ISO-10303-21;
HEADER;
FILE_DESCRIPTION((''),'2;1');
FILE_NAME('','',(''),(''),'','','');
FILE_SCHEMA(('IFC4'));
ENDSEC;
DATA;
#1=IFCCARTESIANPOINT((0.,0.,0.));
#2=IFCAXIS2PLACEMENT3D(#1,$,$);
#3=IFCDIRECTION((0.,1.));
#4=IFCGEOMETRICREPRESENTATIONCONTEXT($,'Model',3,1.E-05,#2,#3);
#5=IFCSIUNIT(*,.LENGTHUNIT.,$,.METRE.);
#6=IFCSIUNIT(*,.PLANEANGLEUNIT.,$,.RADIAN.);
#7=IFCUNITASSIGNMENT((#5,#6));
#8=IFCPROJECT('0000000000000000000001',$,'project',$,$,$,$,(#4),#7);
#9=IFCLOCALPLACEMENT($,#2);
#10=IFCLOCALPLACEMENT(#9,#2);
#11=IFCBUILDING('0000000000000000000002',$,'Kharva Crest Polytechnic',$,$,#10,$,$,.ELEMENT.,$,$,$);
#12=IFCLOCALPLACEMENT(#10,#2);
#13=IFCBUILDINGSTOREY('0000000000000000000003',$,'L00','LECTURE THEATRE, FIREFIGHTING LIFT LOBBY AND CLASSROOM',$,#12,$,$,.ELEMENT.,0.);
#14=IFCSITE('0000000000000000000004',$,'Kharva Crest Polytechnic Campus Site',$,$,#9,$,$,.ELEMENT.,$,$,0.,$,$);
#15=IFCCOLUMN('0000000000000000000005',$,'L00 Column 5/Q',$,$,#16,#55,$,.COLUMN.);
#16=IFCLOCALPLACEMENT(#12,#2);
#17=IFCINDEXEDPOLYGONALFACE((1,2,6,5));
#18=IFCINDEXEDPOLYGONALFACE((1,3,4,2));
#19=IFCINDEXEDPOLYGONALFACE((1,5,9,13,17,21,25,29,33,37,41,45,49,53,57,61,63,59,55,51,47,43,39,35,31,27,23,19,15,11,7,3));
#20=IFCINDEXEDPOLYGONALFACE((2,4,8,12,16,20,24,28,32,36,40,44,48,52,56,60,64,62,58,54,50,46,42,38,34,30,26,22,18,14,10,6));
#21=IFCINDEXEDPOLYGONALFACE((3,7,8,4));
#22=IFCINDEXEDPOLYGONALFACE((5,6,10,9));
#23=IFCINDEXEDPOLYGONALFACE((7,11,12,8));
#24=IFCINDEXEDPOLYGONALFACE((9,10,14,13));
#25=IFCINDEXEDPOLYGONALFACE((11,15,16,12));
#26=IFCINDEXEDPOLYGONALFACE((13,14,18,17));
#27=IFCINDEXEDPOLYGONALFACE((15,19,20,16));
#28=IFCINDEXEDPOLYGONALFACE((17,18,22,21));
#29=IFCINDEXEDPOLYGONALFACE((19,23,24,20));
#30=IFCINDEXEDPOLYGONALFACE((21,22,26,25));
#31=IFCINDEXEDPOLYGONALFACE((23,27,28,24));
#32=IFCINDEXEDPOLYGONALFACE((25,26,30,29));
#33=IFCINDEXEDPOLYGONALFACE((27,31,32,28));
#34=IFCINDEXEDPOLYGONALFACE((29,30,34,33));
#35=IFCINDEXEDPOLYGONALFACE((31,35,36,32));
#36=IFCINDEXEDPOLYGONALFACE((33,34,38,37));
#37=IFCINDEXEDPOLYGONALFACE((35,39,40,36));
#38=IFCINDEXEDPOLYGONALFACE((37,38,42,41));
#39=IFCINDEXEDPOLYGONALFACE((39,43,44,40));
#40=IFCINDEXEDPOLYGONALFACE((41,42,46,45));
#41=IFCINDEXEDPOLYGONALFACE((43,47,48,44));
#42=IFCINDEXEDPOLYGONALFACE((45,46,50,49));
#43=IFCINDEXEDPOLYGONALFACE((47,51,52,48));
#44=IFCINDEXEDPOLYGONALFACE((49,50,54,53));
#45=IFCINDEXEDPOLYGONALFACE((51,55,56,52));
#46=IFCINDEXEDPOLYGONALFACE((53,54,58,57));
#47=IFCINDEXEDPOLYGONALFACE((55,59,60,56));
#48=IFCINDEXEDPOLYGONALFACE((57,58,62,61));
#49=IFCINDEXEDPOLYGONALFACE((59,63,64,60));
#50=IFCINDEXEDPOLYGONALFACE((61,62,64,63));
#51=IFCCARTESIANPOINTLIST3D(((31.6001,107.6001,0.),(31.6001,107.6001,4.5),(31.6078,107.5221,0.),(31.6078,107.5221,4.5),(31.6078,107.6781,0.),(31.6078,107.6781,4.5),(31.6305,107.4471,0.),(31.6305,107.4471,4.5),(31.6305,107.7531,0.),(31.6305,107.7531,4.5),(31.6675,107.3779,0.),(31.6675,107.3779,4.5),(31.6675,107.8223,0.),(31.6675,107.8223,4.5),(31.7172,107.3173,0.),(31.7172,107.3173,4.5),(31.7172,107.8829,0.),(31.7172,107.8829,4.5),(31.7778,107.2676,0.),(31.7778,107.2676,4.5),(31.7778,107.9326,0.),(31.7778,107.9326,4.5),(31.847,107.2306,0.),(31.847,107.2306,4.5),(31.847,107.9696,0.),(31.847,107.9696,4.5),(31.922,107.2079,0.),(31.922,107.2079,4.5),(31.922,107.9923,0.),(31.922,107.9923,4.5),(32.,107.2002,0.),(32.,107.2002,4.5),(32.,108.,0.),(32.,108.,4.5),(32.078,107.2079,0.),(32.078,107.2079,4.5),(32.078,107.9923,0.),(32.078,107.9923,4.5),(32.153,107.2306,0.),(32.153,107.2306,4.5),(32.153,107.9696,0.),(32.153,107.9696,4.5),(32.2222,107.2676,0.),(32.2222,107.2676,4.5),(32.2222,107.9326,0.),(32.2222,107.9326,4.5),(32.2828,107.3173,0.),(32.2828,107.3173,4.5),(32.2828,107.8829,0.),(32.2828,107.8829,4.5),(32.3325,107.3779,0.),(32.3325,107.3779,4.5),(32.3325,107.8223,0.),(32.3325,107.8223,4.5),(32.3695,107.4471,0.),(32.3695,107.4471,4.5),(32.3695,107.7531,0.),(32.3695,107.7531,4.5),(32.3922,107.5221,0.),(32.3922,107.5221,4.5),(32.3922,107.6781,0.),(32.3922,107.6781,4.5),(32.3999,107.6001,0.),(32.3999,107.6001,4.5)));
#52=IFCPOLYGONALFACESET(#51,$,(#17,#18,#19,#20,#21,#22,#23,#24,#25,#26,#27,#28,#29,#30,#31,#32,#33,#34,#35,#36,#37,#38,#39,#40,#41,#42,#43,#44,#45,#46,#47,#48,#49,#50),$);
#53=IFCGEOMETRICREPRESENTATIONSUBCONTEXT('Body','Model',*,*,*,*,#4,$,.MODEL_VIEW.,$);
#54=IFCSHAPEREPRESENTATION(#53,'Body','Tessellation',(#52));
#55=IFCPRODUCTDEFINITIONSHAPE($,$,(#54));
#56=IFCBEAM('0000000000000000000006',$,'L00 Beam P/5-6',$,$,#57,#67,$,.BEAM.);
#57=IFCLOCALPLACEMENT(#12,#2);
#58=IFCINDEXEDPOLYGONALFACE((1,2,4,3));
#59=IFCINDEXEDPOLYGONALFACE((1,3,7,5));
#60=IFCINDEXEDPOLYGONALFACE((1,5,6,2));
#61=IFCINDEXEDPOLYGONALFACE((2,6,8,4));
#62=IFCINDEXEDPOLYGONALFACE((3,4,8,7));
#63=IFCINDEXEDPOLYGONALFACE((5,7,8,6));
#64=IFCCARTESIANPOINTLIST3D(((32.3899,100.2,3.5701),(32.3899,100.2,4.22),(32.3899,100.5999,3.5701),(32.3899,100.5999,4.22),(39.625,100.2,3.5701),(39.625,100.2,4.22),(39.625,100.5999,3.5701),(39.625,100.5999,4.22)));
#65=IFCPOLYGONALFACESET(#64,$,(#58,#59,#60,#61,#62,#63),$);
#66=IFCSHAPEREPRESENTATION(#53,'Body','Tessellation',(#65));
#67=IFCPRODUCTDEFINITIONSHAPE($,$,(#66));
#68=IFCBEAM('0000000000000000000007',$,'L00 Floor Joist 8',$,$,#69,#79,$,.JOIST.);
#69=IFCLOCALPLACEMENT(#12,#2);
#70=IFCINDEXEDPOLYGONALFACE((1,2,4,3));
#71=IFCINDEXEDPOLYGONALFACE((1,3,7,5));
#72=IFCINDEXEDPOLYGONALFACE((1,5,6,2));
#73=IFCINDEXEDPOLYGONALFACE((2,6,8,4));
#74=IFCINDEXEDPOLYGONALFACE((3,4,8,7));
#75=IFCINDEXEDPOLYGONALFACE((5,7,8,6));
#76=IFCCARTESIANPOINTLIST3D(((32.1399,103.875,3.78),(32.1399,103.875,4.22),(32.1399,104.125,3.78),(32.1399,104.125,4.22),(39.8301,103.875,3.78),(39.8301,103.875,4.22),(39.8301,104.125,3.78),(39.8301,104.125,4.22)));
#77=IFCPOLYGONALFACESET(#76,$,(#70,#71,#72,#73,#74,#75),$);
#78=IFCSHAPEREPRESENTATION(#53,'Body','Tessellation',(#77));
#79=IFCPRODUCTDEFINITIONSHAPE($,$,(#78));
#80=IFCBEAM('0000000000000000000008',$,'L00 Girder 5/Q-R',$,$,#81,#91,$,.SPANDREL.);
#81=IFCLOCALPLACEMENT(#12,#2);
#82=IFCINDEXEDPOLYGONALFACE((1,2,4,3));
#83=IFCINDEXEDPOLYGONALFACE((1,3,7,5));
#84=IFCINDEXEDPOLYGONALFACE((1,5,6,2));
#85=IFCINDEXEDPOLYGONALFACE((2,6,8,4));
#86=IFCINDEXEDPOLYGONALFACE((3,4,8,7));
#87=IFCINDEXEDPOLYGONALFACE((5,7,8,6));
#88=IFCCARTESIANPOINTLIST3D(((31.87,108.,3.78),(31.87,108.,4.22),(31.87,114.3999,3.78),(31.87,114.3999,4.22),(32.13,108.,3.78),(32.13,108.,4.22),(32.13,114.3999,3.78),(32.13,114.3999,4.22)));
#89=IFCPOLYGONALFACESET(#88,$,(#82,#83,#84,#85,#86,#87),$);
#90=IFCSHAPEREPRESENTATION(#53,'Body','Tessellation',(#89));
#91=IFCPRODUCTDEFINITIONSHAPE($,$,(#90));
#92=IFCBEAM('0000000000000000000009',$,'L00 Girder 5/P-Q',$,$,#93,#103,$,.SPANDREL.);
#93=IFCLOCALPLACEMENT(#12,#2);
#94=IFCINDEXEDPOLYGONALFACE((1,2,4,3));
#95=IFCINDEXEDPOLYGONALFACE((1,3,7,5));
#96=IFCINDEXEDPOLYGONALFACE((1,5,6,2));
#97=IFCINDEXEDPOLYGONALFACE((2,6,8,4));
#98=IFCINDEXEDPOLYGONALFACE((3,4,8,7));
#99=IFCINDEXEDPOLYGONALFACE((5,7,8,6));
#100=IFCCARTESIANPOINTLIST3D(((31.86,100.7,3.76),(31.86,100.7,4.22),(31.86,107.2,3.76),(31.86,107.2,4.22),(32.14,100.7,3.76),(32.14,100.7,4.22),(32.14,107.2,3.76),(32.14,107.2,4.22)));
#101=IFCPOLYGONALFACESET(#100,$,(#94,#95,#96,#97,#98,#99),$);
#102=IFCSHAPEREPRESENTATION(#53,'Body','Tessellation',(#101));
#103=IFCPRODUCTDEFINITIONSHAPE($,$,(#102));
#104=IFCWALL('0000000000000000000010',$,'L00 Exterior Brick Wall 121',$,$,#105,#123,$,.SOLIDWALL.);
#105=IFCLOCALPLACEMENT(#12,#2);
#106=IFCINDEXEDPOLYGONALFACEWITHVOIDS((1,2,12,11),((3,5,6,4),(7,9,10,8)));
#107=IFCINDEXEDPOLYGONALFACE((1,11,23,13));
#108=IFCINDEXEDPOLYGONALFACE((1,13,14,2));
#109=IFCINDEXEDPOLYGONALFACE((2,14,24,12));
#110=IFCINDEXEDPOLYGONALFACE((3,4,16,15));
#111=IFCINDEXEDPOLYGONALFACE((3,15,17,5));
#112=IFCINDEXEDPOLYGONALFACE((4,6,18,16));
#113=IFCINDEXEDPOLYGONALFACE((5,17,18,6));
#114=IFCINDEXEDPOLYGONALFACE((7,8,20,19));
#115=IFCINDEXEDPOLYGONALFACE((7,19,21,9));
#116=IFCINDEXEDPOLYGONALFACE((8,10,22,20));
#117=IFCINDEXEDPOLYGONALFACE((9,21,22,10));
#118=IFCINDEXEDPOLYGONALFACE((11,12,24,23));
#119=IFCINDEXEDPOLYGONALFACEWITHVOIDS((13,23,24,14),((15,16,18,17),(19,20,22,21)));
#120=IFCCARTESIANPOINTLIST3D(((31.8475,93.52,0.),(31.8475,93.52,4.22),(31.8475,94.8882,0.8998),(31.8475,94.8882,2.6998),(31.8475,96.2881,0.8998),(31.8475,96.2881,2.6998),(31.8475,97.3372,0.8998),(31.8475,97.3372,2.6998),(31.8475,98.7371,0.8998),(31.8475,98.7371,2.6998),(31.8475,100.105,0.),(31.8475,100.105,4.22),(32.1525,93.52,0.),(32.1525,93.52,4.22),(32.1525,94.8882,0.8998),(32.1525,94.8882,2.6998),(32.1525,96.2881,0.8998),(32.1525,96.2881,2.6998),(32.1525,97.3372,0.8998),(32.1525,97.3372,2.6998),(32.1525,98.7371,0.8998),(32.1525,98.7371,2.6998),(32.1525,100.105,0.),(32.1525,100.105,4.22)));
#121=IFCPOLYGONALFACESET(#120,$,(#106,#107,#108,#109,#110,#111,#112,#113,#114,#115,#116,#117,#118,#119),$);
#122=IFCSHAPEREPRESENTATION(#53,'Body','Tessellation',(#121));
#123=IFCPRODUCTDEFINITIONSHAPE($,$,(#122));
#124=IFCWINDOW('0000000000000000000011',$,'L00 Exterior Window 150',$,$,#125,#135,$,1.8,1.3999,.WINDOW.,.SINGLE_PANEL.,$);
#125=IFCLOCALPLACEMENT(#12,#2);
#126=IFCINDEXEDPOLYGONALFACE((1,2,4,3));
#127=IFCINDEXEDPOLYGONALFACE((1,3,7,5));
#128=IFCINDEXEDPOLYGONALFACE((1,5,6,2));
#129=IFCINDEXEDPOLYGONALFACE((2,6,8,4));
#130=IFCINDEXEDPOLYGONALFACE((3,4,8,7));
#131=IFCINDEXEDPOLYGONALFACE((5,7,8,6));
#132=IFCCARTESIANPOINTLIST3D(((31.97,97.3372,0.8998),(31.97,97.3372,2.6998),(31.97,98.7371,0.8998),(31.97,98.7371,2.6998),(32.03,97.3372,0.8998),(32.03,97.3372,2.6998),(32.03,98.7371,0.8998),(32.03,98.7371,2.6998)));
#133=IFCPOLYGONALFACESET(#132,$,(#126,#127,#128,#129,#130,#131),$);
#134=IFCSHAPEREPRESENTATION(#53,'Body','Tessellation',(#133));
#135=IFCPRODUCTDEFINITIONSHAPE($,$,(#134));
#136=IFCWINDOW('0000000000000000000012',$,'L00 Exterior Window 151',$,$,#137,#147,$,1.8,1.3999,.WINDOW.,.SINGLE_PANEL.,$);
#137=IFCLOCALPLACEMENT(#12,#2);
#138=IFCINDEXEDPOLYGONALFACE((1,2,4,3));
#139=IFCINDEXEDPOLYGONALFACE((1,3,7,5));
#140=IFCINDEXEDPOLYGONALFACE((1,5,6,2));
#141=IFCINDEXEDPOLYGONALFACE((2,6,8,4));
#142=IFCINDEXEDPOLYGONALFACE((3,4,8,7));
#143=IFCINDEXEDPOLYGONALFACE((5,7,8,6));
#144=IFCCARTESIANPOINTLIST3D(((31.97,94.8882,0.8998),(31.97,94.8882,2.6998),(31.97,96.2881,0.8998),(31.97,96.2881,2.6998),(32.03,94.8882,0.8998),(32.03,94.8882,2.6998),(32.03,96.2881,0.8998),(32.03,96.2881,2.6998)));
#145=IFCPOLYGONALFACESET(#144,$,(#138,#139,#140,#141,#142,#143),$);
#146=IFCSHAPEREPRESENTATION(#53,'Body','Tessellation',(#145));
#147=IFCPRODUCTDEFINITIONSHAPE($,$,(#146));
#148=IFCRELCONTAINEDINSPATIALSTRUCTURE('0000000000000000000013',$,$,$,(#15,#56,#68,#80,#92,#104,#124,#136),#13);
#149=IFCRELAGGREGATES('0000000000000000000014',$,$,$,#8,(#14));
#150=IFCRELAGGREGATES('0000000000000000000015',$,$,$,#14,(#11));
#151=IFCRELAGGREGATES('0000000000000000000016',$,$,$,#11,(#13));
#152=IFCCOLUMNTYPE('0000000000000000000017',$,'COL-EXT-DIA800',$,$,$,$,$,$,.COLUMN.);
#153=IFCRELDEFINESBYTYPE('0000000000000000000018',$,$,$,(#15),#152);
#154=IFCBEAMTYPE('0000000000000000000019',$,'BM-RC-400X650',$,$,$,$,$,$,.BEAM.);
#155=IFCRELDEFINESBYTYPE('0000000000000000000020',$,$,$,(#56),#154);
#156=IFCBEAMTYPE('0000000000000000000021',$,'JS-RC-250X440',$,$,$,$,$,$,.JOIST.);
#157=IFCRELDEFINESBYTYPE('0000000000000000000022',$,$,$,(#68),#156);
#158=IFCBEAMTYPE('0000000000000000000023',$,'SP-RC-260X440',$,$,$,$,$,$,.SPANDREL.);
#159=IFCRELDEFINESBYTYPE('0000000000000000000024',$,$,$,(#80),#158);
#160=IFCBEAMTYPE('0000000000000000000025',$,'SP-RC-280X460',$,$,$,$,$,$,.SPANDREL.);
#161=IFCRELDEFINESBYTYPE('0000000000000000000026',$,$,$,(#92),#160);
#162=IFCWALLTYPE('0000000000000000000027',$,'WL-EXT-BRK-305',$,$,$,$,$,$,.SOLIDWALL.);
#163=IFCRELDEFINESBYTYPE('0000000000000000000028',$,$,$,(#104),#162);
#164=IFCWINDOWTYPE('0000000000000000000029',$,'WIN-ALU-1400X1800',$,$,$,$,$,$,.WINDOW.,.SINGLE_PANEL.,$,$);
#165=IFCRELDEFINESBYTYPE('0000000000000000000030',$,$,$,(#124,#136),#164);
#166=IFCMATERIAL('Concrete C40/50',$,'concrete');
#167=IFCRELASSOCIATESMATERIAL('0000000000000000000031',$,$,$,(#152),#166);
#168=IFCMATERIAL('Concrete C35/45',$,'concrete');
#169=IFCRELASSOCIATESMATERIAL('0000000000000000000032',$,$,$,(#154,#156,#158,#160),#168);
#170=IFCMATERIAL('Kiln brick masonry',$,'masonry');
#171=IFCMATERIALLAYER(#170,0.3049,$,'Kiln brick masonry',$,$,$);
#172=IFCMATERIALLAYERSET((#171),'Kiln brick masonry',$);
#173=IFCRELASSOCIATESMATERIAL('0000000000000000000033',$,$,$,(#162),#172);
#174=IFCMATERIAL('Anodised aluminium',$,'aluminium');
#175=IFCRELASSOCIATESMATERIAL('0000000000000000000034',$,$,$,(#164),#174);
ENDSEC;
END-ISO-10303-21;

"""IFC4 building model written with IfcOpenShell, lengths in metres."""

from ifc_helpers import new_model, si_unit, direction, frame, frame_2d, origin, origin_2d, place, context, subcontext, project, spatial, rectangle, circle, extrude, material, layer, layer_set, material_profile, profile_set, type_object, element, fill, save


model = new_model("IFC4")

# Units and contexts
model_context = context("Model", 3, precision=1e-05, world=origin(), true_north=direction((0.0, 1.0)))
body_context = subcontext(model_context, "Body", "Model", "MODEL_VIEW")
ifc_project = project(units=[si_unit("LENGTHUNIT", "METRE"), si_unit("PLANEANGLEUNIT", "RADIAN")], contexts=[model_context])

# Site, building, storey
site_placement = place(None, origin())
site = spatial("IfcSite", under=ifc_project, at=site_placement, Name="Kharva Crest Polytechnic Campus Site", CompositionType="ELEMENT", RefElevation=0.0)
building_placement = place(site_placement, origin())
building = spatial("IfcBuilding", under=site, at=building_placement, Name="Kharva Crest Polytechnic", CompositionType="ELEMENT")
storey_placement = place(building_placement, origin())
storey = spatial("IfcBuildingStorey", under=building, at=storey_placement, Name="L00", Description="LECTURE THEATRE, FIREFIGHTING LIFT LOBBY AND CLASSROOM", CompositionType="ELEMENT", Elevation=0.0)

# Shared definitions
ifc_material_1 = material(Name="Concrete C35/45", Category="concrete")

# Column
ifc_material_2 = material(Name="Concrete C40/50", Category="concrete")
ifc_material_profile_1 = material_profile(ifc_material_2, circle(Radius=0.3999, at=origin_2d()), Name="DIA 800")
ifc_profile_set_1 = profile_set([ifc_material_profile_1], Name="Concrete C40/50")
column_type_1 = type_object("IfcColumnType", Name="COL-EXT-DIA800", PredefinedType="COLUMN", material=ifc_profile_set_1)
column_1_placement = place(storey_placement, frame((32.0, 107.6001, 0.0), z_axis=(0.0, 0.0, 1.0), x_axis=(1.0, 0.0, 0.0)))
element("IfcColumn", 1, at=column_1_placement, inside=storey, type_object=column_type_1, Name="L00 Column 5/Q", PredefinedType="COLUMN", context=body_context, shape_type="SweptSolid", body=[
    extrude(circle(Radius=0.3999, at=origin_2d()), origin(), (0.0, 0.0, 1.0), 4.5),
])

# Beams
ifc_material_profile_2 = material_profile(ifc_material_1, rectangle(XDim=0.3999, YDim=0.6499, at=origin_2d()), Name="RECT 400 X 650")
ifc_profile_set_2 = profile_set([ifc_material_profile_2], Name="Concrete C35/45")
beam_type_1 = type_object("IfcBeamType", Name="BM-RC-400X650", PredefinedType="BEAM", material=ifc_profile_set_2)
beam_1_placement = place(storey_placement, frame((32.3899, 100.3999, 3.895), z_axis=(1.0, 0.0, 0.0), x_axis=(0.0, 1.0, 0.0)))
element("IfcBeam", 2, at=beam_1_placement, inside=storey, type_object=beam_type_1, Name="L00 Beam P/5-6", PredefinedType="BEAM", context=body_context, shape_type="SweptSolid", body=[
    extrude(rectangle(XDim=0.3999, YDim=0.6499, at=origin_2d()), origin(), (0.0, 0.0, 1.0), 7.2351),
])
ifc_material_profile_3 = material_profile(ifc_material_1, rectangle(XDim=0.25, YDim=0.4399, at=origin_2d()), Name="RECT 250 X 440")
ifc_profile_set_3 = profile_set([ifc_material_profile_3], Name="Concrete C35/45")
beam_type_2 = type_object("IfcBeamType", Name="JS-RC-250X440", PredefinedType="JOIST", material=ifc_profile_set_3)
beam_2_placement = place(storey_placement, frame((32.1399, 104.0, 4.0), z_axis=(1.0, 0.0, 0.0), x_axis=(0.0, 1.0, 0.0)))
element("IfcBeam", 3, at=beam_2_placement, inside=storey, type_object=beam_type_2, Name="L00 Floor Joist 8", PredefinedType="JOIST", context=body_context, shape_type="SweptSolid", body=[
    extrude(rectangle(XDim=0.25, YDim=0.4399, at=origin_2d()), origin(), (0.0, 0.0, 1.0), 7.6902),
])
ifc_material_profile_4 = material_profile(ifc_material_1, rectangle(XDim=0.26, YDim=0.4399, at=origin_2d()), Name="RECT 260 X 440")
ifc_profile_set_4 = profile_set([ifc_material_profile_4], Name="Concrete C35/45")
beam_type_3 = type_object("IfcBeamType", Name="SP-RC-260X440", PredefinedType="SPANDREL", material=ifc_profile_set_4)
beam_3_placement = place(storey_placement, frame((32.0, 108.0, 4.0), z_axis=(0.0, 1.0, 0.0), x_axis=(-1.0, 0.0, 0.0)))
element("IfcBeam", 4, at=beam_3_placement, inside=storey, type_object=beam_type_3, Name="L00 Girder 5/Q-R", PredefinedType="SPANDREL", context=body_context, shape_type="SweptSolid", body=[
    extrude(rectangle(XDim=0.26, YDim=0.4399, at=origin_2d()), origin(), (0.0, 0.0, 1.0), 6.3999),
])
ifc_material_profile_5 = material_profile(ifc_material_1, rectangle(XDim=0.28, YDim=0.46, at=origin_2d()), Name="RECT 280 X 460")
ifc_profile_set_5 = profile_set([ifc_material_profile_5], Name="Concrete C35/45")
beam_type_4 = type_object("IfcBeamType", Name="SP-RC-280X460", PredefinedType="SPANDREL", material=ifc_profile_set_5)
beam_4_placement = place(storey_placement, frame((32.0, 100.7, 3.99), z_axis=(0.0, 1.0, 0.0), x_axis=(-1.0, 0.0, 0.0)))
element("IfcBeam", 5, at=beam_4_placement, inside=storey, type_object=beam_type_4, Name="L00 Girder 5/P-Q", PredefinedType="SPANDREL", context=body_context, shape_type="SweptSolid", body=[
    extrude(rectangle(XDim=0.28, YDim=0.46, at=origin_2d()), origin(), (0.0, 0.0, 1.0), 6.5),
])

# Wall, openings, windows
ifc_material_3 = material(Name="Kiln brick masonry", Category="masonry")
ifc_layer_1 = layer(ifc_material_3, 0.3049, Name="Kiln brick masonry")
ifc_layer_set_1 = layer_set([ifc_layer_1], Name="Kiln brick masonry")
wall_type_1 = type_object("IfcWallType", Name="WL-EXT-BRK-305", PredefinedType="SOLIDWALL", material=ifc_layer_set_1)
wall_1_placement = place(storey_placement, frame((32.0, 100.105, 0.0), z_axis=(0.0, 0.0, 1.0), x_axis=(0.0, -1.0, 0.0)))
wall_1 = element("IfcWall", 6, at=wall_1_placement, inside=storey, type_object=wall_type_1, Name="L00 Exterior Brick Wall 121", PredefinedType="SOLIDWALL", context=body_context, shape_type="SweptSolid", body=[
    extrude(rectangle(XDim=6.585, YDim=0.3049, at=frame_2d((3.2925, 0.0))), origin(), (0.0, 0.0, 1.0), 4.22),
])
opening_1_placement = place(wall_1_placement, frame((1.3679, 0.0, 0.8999)))
opening_1 = element("IfcOpeningElement", 7, at=opening_1_placement, cuts=wall_1, PredefinedType="OPENING", context=body_context, shape_type="SweptSolid", body=[
    extrude(rectangle(XDim=1.3999, YDim=1.8, at=frame_2d((0.7, 0.8999))), frame((0.0, 0.1624, 0.0), z_axis=(0.0, -1.0, 0.0), x_axis=(1.0, 0.0, 0.0)), (0.0, 0.0, 1.0), 0.325),
])
opening_2_placement = place(wall_1_placement, frame((3.8169, 0.0, 0.8999)))
opening_2 = element("IfcOpeningElement", 8, at=opening_2_placement, cuts=wall_1, PredefinedType="OPENING", context=body_context, shape_type="SweptSolid", body=[
    extrude(rectangle(XDim=1.3999, YDim=1.8, at=frame_2d((0.7, 0.8999))), frame((0.0, 0.1624, 0.0), z_axis=(0.0, -1.0, 0.0), x_axis=(1.0, 0.0, 0.0)), (0.0, 0.0, 1.0), 0.325),
])
ifc_material_4 = material(Name="Anodised aluminium", Category="aluminium")
window_type_1 = type_object("IfcWindowType", Name="WIN-ALU-1400X1800", PartitioningType="SINGLE_PANEL", PredefinedType="WINDOW", material=ifc_material_4)
window_1_placement = place(opening_1_placement, origin())
window_1 = element("IfcWindow", 9, at=window_1_placement, inside=storey, type_object=window_type_1, Name="L00 Exterior Window 150", OverallHeight=1.8, OverallWidth=1.3999, PartitioningType="SINGLE_PANEL", PredefinedType="WINDOW", context=body_context, shape_type="SweptSolid", body=[
    extrude(rectangle(XDim=1.3999, YDim=1.8, at=frame_2d((0.7, 0.8999))), frame((0.0, 0.03, 0.0), z_axis=(0.0, -1.0, 0.0), x_axis=(1.0, 0.0, 0.0)), (0.0, 0.0, 1.0), 0.0601),
])
fill(opening_1, window_1)
window_2_placement = place(opening_2_placement, origin())
window_2 = element("IfcWindow", 10, at=window_2_placement, inside=storey, type_object=window_type_1, Name="L00 Exterior Window 151", OverallHeight=1.8, OverallWidth=1.3999, PartitioningType="SINGLE_PANEL", PredefinedType="WINDOW", context=body_context, shape_type="SweptSolid", body=[
    extrude(rectangle(XDim=1.3999, YDim=1.8, at=frame_2d((0.7, 0.8999))), frame((0.0, 0.03, 0.0), z_axis=(0.0, -1.0, 0.0), x_axis=(1.0, 0.0, 0.0)), (0.0, 0.0, 1.0), 0.0601),
])
fill(opening_2, window_2)

save(model, "model.ifc")
